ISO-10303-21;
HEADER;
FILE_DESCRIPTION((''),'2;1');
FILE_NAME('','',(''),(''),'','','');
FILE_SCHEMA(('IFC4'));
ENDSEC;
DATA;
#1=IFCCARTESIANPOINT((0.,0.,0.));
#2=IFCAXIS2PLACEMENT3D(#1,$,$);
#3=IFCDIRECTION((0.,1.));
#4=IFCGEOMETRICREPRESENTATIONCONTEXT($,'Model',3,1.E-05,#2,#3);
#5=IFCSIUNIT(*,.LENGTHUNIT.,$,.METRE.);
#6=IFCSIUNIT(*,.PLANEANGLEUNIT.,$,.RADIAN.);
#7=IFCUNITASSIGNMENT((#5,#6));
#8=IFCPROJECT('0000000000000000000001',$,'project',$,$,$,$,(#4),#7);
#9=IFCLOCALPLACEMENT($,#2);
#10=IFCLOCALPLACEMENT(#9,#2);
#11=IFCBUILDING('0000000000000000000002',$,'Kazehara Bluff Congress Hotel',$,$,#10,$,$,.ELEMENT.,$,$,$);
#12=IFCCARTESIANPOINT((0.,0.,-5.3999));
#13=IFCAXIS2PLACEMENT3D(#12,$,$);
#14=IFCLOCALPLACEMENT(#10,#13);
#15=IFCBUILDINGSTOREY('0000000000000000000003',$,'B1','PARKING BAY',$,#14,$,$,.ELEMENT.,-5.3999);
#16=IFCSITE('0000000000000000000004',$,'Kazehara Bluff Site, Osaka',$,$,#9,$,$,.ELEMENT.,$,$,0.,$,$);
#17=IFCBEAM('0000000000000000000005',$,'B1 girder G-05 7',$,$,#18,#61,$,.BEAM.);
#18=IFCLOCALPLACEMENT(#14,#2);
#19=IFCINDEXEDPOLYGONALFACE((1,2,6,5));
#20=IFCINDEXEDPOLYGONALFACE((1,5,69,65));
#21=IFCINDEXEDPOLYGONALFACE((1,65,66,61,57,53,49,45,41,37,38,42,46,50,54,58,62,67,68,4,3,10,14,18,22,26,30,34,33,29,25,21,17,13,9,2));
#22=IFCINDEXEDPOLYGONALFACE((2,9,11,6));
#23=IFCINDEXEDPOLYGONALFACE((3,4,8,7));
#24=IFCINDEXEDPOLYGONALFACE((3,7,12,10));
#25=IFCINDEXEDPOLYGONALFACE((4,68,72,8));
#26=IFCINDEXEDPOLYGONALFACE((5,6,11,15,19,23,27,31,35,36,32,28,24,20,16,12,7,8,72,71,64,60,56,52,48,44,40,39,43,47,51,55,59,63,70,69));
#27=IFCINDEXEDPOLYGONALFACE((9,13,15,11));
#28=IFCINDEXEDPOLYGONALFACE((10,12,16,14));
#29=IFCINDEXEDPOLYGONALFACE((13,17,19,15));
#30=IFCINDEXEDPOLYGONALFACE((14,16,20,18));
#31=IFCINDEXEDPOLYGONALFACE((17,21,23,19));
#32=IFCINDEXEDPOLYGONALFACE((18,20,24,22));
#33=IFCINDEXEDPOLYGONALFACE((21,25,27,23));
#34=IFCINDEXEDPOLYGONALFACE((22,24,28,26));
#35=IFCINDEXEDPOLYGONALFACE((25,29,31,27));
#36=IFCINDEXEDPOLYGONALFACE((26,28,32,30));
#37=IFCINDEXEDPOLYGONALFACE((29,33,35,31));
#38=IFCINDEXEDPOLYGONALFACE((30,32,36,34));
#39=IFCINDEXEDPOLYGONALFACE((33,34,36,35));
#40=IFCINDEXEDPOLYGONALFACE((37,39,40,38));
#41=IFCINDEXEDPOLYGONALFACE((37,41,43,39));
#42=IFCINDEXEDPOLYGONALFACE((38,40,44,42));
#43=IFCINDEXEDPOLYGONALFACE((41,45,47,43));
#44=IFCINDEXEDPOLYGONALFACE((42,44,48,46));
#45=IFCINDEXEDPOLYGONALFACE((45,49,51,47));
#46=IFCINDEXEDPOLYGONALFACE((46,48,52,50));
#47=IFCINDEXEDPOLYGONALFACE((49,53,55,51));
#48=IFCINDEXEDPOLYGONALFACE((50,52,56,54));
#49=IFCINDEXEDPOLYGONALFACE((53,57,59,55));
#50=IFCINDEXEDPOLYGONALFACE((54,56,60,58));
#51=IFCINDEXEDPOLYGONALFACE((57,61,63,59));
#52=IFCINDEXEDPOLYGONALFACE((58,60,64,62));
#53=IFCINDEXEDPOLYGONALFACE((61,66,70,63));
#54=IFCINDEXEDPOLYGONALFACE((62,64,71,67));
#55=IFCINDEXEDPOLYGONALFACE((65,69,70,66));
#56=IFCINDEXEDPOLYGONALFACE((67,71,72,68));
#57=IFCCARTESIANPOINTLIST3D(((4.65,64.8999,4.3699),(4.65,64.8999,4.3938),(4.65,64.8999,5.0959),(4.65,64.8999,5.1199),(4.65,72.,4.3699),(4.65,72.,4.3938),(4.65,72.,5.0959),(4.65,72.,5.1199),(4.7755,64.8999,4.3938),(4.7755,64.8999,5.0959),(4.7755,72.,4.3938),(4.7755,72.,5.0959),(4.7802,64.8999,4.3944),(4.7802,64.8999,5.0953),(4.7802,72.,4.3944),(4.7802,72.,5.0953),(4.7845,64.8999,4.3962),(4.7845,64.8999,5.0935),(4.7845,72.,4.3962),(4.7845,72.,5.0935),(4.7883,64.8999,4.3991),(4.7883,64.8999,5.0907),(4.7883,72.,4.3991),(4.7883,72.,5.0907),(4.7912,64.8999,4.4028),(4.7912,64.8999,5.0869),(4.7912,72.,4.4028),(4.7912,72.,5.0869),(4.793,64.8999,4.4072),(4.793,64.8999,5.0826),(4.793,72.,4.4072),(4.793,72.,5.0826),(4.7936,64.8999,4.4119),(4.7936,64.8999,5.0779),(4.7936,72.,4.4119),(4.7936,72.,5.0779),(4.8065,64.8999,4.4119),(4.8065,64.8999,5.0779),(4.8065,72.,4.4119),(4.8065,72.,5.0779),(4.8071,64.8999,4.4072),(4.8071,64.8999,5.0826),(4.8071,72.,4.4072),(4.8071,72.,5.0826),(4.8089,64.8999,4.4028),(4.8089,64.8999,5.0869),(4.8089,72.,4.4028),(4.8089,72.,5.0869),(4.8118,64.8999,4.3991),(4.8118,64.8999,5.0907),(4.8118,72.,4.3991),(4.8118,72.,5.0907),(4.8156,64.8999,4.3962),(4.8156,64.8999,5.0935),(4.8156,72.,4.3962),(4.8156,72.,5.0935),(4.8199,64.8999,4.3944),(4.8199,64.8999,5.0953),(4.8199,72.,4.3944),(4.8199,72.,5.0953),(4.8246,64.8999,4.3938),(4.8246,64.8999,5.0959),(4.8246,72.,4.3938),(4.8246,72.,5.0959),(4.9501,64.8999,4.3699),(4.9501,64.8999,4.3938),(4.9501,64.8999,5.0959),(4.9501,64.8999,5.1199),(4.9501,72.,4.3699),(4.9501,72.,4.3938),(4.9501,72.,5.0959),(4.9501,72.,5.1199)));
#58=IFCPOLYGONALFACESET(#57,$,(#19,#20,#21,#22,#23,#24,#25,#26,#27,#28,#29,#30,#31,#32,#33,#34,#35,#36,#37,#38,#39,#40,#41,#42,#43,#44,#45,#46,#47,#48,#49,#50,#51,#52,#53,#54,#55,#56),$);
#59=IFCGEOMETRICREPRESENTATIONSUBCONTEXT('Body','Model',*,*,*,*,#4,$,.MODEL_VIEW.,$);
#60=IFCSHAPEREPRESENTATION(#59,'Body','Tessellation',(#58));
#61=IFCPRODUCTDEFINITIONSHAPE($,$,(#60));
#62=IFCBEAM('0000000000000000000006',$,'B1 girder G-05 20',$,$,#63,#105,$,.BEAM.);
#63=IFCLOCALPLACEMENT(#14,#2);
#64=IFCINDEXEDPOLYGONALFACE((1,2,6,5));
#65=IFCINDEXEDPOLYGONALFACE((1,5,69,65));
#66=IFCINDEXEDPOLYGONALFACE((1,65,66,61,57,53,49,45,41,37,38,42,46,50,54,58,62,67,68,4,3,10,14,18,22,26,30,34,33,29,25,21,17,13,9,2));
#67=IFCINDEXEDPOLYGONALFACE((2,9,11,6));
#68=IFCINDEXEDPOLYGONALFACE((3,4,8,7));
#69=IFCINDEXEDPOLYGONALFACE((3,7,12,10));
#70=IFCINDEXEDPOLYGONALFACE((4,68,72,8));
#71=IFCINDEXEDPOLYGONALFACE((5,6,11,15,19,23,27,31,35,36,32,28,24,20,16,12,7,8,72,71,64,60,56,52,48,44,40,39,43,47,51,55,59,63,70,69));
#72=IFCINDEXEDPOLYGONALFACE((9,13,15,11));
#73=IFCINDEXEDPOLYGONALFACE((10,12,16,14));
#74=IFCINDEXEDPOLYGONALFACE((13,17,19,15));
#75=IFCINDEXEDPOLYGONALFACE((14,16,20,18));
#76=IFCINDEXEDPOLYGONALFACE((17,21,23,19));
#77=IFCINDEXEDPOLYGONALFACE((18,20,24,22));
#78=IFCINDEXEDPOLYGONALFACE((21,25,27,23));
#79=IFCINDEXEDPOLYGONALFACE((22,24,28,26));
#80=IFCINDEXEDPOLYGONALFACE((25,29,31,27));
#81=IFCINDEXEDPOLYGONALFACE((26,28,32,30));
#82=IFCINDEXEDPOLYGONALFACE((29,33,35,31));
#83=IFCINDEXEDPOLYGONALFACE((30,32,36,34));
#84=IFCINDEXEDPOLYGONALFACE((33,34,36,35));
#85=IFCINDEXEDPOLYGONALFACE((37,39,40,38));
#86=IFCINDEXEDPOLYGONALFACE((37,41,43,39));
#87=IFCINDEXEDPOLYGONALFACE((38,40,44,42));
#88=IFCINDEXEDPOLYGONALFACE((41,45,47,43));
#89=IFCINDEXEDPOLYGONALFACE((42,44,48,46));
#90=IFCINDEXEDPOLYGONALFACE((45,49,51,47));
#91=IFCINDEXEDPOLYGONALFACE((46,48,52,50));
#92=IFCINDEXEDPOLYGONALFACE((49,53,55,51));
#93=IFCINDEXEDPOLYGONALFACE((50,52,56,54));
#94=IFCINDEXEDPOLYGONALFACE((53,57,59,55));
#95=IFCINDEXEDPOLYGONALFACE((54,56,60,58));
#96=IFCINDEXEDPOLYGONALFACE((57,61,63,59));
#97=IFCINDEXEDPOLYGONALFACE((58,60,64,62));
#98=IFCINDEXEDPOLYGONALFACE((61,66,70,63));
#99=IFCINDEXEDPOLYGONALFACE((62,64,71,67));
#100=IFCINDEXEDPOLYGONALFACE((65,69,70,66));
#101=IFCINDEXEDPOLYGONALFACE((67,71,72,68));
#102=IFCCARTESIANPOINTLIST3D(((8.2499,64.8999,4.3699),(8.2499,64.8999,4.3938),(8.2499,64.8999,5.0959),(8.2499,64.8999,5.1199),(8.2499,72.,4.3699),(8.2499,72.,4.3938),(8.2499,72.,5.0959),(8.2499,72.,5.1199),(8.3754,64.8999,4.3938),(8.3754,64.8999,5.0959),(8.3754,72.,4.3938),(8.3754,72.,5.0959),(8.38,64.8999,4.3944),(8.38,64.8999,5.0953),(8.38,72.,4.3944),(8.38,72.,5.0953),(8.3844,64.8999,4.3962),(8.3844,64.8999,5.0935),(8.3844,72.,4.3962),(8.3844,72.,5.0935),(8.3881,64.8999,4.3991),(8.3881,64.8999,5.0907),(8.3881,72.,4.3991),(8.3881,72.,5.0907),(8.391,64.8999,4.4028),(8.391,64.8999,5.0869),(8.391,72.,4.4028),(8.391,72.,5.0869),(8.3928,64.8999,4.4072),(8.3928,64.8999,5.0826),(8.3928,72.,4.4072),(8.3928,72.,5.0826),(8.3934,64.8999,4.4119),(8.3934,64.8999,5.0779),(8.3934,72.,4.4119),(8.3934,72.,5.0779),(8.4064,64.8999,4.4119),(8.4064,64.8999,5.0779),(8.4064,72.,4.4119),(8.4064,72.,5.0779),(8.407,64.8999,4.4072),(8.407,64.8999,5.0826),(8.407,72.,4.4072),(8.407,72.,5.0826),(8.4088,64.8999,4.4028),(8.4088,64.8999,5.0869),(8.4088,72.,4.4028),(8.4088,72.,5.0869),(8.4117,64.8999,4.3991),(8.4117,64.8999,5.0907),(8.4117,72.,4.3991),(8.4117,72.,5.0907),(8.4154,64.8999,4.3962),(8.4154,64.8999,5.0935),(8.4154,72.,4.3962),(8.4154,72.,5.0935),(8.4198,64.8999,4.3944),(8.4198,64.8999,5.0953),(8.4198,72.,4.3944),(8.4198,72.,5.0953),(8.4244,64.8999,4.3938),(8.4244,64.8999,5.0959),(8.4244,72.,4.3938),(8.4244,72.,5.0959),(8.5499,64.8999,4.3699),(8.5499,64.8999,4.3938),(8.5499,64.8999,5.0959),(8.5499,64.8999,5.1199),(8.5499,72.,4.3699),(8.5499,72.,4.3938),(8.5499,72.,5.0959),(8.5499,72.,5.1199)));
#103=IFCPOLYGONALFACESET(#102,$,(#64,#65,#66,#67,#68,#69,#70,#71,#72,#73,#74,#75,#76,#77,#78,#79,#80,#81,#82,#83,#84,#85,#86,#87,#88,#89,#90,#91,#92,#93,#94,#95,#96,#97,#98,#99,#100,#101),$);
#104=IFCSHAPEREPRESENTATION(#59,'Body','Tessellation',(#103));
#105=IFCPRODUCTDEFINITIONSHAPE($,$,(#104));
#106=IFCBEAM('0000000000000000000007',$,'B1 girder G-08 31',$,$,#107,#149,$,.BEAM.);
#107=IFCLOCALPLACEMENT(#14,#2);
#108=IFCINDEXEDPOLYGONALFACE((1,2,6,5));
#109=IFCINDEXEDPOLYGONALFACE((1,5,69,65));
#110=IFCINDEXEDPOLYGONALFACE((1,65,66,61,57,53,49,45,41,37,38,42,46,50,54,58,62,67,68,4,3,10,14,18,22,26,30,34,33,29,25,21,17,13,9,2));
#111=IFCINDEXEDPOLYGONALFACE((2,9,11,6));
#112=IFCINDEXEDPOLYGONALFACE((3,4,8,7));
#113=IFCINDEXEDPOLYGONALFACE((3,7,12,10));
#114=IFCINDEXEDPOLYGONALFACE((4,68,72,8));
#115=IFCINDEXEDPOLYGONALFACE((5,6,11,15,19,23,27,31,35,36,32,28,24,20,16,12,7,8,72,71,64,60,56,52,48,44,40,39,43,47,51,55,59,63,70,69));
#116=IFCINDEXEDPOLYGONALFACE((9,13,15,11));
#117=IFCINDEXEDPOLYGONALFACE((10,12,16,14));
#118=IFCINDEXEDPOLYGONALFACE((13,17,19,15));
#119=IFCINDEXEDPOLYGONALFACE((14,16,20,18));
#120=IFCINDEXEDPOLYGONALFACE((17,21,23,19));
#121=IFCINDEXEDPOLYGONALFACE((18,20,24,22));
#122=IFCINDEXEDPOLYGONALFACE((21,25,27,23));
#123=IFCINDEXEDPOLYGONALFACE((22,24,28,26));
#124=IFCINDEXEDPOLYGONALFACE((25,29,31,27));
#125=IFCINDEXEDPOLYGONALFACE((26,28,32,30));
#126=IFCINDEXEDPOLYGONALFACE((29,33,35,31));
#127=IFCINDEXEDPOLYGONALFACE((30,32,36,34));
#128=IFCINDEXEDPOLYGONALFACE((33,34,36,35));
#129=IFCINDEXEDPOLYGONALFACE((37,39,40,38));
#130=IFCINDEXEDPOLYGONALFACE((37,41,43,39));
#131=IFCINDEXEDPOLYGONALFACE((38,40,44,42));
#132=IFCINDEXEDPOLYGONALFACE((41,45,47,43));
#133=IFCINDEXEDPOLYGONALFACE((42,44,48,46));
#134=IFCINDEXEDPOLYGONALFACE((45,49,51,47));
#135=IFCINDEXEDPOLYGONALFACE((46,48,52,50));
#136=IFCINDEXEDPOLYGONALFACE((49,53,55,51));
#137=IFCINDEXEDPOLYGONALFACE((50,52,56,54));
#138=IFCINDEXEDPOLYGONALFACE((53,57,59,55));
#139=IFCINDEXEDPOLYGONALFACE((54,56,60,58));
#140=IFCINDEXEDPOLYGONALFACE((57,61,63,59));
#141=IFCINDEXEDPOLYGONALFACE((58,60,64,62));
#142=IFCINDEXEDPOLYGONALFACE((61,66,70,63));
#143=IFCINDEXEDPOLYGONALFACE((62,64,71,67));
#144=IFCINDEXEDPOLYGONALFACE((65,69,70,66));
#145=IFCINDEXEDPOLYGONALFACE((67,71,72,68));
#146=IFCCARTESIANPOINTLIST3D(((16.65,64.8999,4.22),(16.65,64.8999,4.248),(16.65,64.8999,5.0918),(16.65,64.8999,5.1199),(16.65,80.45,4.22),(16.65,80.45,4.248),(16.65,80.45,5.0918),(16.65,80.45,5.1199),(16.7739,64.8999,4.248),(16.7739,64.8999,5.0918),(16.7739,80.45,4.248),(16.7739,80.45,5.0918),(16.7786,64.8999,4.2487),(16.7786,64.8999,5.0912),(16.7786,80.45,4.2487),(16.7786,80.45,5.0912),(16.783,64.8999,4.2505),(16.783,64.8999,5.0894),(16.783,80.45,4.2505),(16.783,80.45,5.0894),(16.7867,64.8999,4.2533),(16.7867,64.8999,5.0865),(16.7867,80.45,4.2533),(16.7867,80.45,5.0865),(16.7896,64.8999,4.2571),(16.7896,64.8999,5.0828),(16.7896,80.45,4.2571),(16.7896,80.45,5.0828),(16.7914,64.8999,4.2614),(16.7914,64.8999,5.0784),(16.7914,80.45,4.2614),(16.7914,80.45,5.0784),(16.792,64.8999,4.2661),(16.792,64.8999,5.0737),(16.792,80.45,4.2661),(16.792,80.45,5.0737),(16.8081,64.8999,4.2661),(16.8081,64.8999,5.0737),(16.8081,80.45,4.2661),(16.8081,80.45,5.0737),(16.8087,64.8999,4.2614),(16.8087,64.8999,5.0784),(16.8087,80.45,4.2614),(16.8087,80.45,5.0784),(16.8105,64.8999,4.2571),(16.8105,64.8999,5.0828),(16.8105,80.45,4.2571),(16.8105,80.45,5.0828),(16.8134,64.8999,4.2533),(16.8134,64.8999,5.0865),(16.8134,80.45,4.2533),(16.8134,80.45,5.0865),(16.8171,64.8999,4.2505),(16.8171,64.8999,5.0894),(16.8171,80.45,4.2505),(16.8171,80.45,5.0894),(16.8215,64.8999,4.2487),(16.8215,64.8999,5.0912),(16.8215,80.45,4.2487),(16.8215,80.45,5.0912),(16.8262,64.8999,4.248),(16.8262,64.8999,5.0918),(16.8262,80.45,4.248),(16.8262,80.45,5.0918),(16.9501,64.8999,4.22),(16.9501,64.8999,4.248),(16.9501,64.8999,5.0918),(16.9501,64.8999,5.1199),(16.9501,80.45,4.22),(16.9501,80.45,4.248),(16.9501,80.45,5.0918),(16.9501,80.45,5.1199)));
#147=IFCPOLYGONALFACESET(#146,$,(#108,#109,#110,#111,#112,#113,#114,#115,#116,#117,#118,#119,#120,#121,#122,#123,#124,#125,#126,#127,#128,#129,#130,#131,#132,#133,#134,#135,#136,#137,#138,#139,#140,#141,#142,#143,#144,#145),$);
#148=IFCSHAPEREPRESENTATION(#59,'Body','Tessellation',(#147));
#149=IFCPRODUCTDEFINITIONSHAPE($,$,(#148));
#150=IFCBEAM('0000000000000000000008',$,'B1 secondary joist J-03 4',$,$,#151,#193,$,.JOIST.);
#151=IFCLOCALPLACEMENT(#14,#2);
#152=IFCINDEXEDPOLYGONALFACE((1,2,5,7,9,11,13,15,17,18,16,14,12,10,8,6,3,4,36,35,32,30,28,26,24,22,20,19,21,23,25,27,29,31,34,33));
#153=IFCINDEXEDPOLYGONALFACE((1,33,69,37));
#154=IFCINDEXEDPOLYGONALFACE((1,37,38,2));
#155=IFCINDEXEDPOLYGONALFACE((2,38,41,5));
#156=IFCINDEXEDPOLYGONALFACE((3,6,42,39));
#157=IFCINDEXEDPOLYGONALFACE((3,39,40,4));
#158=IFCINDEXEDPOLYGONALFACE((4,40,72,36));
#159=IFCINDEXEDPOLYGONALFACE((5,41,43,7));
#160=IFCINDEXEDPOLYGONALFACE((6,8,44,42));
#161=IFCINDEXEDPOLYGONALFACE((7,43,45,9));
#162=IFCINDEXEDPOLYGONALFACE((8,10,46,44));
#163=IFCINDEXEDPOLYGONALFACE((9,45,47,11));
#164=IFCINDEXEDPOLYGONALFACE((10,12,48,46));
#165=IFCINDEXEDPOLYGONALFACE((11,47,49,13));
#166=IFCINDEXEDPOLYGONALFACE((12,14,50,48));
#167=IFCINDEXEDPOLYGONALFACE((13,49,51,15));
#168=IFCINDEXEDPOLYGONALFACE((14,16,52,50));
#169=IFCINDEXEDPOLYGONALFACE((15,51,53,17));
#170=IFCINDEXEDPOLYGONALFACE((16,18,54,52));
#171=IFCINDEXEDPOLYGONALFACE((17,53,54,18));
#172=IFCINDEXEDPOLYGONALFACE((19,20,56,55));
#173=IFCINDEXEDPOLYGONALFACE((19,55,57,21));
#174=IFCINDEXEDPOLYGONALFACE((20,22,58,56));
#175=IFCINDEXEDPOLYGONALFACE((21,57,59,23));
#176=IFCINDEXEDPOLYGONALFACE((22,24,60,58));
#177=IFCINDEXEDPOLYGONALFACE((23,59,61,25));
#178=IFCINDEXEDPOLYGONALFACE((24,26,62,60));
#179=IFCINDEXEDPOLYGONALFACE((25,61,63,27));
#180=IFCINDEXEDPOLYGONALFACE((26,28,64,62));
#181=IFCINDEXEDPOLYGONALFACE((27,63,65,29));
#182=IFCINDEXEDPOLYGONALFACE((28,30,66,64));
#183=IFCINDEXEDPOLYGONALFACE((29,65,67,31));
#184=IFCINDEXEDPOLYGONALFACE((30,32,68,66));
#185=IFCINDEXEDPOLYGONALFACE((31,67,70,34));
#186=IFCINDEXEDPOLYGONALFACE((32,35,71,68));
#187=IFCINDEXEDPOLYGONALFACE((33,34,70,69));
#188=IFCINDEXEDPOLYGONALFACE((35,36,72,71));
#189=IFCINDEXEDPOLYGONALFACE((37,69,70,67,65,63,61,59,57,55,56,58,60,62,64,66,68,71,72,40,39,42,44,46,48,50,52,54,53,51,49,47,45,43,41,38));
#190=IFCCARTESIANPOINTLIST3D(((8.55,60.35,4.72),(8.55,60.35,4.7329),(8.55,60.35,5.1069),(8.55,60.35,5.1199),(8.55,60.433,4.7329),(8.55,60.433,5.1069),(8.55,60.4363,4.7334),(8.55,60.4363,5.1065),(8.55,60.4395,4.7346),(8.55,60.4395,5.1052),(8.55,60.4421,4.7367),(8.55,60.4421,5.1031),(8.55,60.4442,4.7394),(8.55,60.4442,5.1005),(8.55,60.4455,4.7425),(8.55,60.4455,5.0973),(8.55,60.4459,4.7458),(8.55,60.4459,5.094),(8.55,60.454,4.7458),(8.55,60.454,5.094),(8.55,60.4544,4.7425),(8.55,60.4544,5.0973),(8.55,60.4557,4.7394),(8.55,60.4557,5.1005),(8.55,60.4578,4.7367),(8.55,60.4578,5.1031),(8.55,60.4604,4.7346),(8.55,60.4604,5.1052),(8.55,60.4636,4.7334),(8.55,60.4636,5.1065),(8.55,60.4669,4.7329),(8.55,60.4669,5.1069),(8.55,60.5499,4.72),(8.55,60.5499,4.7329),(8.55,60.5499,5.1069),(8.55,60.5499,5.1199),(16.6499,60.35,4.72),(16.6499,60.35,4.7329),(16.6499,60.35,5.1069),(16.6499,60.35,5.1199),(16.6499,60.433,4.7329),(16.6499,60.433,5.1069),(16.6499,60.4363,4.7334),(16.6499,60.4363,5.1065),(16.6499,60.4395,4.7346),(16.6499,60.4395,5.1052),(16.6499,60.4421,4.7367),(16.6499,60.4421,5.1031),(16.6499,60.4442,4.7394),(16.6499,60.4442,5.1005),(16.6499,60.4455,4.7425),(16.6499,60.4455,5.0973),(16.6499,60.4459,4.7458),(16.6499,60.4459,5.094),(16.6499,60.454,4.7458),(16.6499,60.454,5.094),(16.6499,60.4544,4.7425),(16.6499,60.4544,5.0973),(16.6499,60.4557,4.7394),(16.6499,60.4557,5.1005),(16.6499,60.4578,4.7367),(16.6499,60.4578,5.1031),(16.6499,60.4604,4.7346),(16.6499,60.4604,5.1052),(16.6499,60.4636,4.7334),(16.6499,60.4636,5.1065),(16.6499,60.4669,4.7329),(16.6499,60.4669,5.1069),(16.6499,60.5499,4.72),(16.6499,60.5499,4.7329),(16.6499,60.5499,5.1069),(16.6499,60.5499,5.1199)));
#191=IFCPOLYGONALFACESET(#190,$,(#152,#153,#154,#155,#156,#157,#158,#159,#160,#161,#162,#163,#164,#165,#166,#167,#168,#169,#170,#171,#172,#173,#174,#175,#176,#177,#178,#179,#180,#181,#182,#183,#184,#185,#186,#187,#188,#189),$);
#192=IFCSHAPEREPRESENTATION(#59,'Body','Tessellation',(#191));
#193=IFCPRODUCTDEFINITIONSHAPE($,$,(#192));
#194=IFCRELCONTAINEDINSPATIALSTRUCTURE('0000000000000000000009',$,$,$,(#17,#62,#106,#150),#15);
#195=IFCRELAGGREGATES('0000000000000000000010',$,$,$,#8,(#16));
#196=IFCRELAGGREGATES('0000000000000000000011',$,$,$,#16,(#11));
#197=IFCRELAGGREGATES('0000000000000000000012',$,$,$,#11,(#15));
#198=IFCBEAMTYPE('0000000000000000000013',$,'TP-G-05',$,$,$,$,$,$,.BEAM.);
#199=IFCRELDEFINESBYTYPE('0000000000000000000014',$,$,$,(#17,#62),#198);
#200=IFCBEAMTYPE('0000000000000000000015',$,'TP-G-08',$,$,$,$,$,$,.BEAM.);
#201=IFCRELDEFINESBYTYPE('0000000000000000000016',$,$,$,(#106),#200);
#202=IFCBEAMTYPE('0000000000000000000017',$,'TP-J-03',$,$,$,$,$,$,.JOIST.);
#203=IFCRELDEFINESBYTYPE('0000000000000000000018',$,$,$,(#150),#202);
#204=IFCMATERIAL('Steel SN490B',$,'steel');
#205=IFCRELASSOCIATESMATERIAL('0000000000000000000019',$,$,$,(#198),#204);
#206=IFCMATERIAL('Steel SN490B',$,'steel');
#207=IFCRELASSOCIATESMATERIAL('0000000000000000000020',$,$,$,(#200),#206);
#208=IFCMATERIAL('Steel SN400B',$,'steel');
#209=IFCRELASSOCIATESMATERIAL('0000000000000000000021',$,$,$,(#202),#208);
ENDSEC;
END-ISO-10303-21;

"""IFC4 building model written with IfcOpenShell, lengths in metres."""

from ifc_helpers import new_model, si_unit, direction, frame, origin, origin_2d, place, context, subcontext, project, spatial, i_section, extrude, material, material_profile, profile_set, type_object, element, save


model = new_model("IFC4")

# Units and contexts
model_context = context("Model", 3, precision=1e-05, world=origin(), true_north=direction((0.0, 1.0)))
body_context = subcontext(model_context, "Body", "Model", "MODEL_VIEW")
ifc_project = project(units=[si_unit("LENGTHUNIT", "METRE"), si_unit("PLANEANGLEUNIT", "RADIAN")], contexts=[model_context])

# Site, building, storey
site_placement = place(None, origin())
site = spatial("IfcSite", under=ifc_project, at=site_placement, Name="Kazehara Bluff Site, Osaka", CompositionType="ELEMENT", RefElevation=0.0)
building_placement = place(site_placement, origin())
building = spatial("IfcBuilding", under=site, at=building_placement, Name="Kazehara Bluff Congress Hotel", CompositionType="ELEMENT")
storey_placement = place(building_placement, frame((0.0, 0.0, -5.3999)))
storey = spatial("IfcBuildingStorey", under=building, at=storey_placement, Name="B1", Description="PARKING BAY", CompositionType="ELEMENT", Elevation=-5.3999)

# Beams
ifc_material_1 = material(Name="Steel SN490B", Category="steel")
ifc_material_profile_1 = material_profile(ifc_material_1, i_section(OverallWidth=0.3, OverallDepth=0.75, WebThickness=0.0129, FlangeThickness=0.0239, FilletRadius=0.0181, at=origin_2d()))
ifc_profile_set_1 = profile_set([ifc_material_profile_1], Name="Steel SN490B")
beam_type_1 = type_object("IfcBeamType", Name="TP-G-05", PredefinedType="BEAM", material=ifc_profile_set_1)
for number, where, z_axis, x_axis, name in (
    (1, (4.8, 64.8999, 4.7449), (0.0, 1.0, 0.0), (-1.0, 0.0, 0.0), "B1 girder G-05 7"),
    (2, (8.3999, 64.8999, 4.7449), (0.0, 1.0, 0.0), (-1.0, 0.0, 0.0), "B1 girder G-05 20"),
):
    element("IfcBeam", number, at=place(storey_placement, frame(where, z_axis=z_axis, x_axis=x_axis)), inside=storey, type_object=beam_type_1, Name=name, PredefinedType="BEAM", context=body_context, shape_type="SweptSolid", body=[
        extrude(i_section(OverallWidth=0.3, OverallDepth=0.75, WebThickness=0.0129, FlangeThickness=0.0239, FilletRadius=0.0181, at=origin_2d()), origin(), (0.0, 0.0, 1.0), 7.1001),
    ])
ifc_material_2 = material(Name="Steel SN490B", Category="steel")
ifc_material_profile_2 = material_profile(ifc_material_2, i_section(OverallWidth=0.3, OverallDepth=0.8999, WebThickness=0.0161, FlangeThickness=0.0281, FilletRadius=0.0181, at=origin_2d()))
ifc_profile_set_2 = profile_set([ifc_material_profile_2], Name="Steel SN490B")
beam_type_2 = type_object("IfcBeamType", Name="TP-G-08", PredefinedType="BEAM", material=ifc_profile_set_2)
beam_1_placement = place(storey_placement, frame((16.8, 64.8999, 4.6699), z_axis=(0.0, 1.0, 0.0), x_axis=(-1.0, 0.0, 0.0)))
element("IfcBeam", 3, at=beam_1_placement, inside=storey, type_object=beam_type_2, Name="B1 girder G-08 31", PredefinedType="BEAM", context=body_context, shape_type="SweptSolid", body=[
    extrude(i_section(OverallWidth=0.3, OverallDepth=0.8999, WebThickness=0.0161, FlangeThickness=0.0281, FilletRadius=0.0181, at=origin_2d()), origin(), (0.0, 0.0, 1.0), 15.55),
])
ifc_material_3 = material(Name="Steel SN400B", Category="steel")
ifc_material_profile_3 = material_profile(ifc_material_3, i_section(OverallWidth=0.2, OverallDepth=0.3999, WebThickness=0.0081, FlangeThickness=0.0129, FilletRadius=0.0129, at=origin_2d()))
ifc_profile_set_3 = profile_set([ifc_material_profile_3], Name="Steel SN400B")
beam_type_3 = type_object("IfcBeamType", Name="TP-J-03", PredefinedType="JOIST", material=ifc_profile_set_3)
beam_2_placement = place(storey_placement, frame((8.55, 60.45, 4.9199), z_axis=(1.0, 0.0, 0.0), x_axis=(0.0, 1.0, 0.0)))
element("IfcBeam", 4, at=beam_2_placement, inside=storey, type_object=beam_type_3, Name="B1 secondary joist J-03 4", PredefinedType="JOIST", context=body_context, shape_type="SweptSolid", body=[
    extrude(i_section(OverallWidth=0.2, OverallDepth=0.3999, WebThickness=0.0081, FlangeThickness=0.0129, FilletRadius=0.0129, at=origin_2d()), origin(), (0.0, 0.0, 1.0), 8.0999),
])

save(model, "model.ifc")
